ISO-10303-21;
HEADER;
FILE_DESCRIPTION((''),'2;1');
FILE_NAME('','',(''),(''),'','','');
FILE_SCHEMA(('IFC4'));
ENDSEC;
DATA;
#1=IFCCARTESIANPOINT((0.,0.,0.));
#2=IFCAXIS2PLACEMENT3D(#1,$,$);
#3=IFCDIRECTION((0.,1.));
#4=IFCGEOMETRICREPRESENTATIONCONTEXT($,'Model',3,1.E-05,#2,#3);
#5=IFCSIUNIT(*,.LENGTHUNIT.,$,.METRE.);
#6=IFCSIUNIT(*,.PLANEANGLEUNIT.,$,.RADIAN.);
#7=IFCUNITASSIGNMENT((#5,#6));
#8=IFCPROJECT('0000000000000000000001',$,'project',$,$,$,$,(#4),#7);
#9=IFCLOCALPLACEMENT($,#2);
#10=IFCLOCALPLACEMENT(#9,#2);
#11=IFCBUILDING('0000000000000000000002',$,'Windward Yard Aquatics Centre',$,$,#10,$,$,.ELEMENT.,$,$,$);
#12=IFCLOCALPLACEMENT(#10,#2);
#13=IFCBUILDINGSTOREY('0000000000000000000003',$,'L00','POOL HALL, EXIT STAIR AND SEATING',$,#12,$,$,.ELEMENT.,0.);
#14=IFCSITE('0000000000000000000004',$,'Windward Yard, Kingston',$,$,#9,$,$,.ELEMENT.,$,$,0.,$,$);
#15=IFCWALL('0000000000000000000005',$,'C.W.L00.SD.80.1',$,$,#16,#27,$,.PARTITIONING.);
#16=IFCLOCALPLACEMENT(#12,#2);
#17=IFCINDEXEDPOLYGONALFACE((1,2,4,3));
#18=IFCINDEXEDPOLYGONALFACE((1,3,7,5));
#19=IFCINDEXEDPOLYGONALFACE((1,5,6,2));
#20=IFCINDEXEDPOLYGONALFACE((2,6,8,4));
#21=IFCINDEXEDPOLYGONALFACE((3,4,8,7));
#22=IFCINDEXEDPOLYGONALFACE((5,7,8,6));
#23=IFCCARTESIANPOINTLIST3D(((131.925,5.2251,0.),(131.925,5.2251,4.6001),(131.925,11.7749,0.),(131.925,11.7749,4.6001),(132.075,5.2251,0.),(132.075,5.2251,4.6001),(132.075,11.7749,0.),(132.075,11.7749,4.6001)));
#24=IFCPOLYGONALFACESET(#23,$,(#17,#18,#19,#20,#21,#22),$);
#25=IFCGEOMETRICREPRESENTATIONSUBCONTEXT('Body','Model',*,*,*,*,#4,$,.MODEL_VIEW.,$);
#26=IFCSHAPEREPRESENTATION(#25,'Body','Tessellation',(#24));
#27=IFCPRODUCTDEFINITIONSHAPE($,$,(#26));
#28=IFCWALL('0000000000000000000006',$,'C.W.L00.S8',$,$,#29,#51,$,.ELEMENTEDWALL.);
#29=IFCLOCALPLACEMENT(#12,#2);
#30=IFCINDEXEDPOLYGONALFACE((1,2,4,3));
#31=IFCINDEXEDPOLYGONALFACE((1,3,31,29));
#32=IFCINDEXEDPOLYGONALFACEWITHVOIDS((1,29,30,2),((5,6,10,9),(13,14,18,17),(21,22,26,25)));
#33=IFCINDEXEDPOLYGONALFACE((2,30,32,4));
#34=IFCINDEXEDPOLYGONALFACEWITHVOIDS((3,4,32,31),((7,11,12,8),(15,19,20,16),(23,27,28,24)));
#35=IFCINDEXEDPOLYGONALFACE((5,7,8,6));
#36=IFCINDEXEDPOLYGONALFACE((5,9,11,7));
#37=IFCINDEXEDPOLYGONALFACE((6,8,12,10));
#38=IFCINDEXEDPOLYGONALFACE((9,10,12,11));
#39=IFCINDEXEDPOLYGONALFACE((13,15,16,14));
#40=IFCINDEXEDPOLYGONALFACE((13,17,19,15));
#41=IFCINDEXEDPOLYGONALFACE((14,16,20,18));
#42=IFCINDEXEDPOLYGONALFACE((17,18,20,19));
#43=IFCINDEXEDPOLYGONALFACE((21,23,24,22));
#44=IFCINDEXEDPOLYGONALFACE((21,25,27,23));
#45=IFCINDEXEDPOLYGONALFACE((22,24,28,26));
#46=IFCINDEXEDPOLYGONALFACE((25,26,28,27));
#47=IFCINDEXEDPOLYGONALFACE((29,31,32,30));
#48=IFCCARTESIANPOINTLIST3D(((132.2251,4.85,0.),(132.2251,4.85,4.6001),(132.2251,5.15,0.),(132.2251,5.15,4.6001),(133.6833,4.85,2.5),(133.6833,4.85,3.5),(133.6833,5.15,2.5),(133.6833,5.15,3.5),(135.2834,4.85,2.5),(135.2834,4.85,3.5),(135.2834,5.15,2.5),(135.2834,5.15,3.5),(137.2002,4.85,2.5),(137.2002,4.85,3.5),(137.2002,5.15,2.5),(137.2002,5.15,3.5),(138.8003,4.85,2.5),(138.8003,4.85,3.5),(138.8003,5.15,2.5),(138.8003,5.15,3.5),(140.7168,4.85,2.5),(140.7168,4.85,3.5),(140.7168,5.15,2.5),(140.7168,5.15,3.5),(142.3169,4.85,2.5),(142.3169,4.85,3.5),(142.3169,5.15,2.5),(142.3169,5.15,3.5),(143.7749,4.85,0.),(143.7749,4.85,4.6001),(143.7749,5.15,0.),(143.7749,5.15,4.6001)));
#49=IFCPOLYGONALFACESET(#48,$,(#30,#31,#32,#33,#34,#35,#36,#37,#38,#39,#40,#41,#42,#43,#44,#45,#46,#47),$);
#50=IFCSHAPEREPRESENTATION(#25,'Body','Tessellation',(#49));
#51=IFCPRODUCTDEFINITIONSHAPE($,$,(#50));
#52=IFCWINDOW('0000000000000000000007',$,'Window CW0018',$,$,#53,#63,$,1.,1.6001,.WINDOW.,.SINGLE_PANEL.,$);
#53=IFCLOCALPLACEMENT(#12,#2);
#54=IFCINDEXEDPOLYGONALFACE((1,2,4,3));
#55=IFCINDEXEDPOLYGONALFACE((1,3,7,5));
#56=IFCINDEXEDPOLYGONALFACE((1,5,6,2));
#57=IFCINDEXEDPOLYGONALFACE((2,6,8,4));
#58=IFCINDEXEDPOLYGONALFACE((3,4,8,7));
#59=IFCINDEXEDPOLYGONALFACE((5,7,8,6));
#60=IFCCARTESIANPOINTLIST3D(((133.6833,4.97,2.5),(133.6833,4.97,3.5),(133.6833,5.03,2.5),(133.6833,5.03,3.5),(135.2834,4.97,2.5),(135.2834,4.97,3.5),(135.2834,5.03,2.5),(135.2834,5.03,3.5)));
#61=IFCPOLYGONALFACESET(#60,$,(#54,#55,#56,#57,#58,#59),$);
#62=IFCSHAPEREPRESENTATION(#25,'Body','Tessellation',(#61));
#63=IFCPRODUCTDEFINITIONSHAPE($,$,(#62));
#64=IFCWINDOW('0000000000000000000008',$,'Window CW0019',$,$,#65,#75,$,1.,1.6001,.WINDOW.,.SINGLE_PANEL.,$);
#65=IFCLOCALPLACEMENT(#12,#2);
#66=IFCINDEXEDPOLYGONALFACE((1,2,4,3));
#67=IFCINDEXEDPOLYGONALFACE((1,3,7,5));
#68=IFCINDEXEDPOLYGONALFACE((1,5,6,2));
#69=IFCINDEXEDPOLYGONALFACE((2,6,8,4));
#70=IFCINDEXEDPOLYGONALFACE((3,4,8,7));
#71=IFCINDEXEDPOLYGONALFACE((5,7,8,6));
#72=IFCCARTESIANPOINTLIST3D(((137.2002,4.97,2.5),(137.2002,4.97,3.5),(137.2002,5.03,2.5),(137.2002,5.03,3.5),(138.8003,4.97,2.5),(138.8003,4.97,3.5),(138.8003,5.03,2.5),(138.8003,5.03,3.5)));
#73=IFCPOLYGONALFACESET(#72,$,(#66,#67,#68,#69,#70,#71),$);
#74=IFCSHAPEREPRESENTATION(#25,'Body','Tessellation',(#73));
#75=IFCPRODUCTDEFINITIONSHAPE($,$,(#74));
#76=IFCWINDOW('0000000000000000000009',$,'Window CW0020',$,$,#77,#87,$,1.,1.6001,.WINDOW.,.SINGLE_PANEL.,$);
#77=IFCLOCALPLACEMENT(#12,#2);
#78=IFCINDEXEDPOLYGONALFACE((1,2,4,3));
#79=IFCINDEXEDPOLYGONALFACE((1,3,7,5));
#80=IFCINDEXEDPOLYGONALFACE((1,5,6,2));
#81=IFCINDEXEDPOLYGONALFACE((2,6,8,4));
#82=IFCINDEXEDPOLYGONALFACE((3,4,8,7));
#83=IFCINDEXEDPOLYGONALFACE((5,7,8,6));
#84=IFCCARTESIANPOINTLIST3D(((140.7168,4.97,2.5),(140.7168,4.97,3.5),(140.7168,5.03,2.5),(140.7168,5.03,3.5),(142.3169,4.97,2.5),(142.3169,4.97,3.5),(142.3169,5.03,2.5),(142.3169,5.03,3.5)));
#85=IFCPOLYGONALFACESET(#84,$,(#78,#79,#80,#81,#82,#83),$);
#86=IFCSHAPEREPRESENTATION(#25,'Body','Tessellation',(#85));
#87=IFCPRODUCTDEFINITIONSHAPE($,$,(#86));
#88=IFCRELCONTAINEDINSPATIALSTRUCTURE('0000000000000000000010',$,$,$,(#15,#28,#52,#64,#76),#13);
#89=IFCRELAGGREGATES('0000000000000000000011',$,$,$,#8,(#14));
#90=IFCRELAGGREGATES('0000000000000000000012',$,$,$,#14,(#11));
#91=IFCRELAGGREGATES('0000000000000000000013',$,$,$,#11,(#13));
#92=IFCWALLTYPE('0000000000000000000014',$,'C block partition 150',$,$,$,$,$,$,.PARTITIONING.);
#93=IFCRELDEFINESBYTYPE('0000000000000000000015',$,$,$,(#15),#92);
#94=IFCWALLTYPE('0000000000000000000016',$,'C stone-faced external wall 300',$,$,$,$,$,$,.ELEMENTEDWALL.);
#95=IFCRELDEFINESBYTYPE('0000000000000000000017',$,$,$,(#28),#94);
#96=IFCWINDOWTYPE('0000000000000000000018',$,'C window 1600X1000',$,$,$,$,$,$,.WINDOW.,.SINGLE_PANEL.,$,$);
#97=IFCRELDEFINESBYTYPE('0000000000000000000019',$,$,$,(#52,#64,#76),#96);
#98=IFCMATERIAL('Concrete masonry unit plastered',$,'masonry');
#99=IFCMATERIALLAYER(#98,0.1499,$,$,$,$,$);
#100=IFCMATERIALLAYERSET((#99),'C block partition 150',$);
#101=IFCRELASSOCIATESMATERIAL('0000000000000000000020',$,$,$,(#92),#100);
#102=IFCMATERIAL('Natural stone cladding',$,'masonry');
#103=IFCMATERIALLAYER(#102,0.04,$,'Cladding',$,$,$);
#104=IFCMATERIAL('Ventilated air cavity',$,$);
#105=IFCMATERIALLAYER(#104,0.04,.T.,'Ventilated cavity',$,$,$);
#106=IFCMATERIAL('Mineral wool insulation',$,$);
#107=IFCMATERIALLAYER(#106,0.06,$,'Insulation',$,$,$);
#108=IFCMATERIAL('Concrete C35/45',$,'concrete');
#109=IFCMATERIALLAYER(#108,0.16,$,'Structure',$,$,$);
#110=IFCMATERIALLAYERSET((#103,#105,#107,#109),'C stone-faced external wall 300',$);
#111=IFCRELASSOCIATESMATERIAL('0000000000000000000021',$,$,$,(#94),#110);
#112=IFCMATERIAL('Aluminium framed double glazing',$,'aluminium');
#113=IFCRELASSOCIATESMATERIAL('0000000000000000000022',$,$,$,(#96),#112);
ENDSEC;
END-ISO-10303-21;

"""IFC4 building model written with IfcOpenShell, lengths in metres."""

from ifc_helpers import new_model, si_unit, direction, frame, frame_2d, origin, place, context, subcontext, project, spatial, rectangle, extrude, material, layer, layer_set, type_object, element, fill, save


model = new_model("IFC4")

# Units and contexts
model_context = context("Model", 3, precision=1e-05, world=origin(), true_north=direction((0.0, 1.0)))
body_context = subcontext(model_context, "Body", "Model", "MODEL_VIEW")
ifc_project = project(units=[si_unit("LENGTHUNIT", "METRE"), si_unit("PLANEANGLEUNIT", "RADIAN")], contexts=[model_context])

# Site, building, storey
site_placement = place(None, origin())
site = spatial("IfcSite", under=ifc_project, at=site_placement, Name="Windward Yard, Kingston", CompositionType="ELEMENT", RefElevation=0.0)
building_placement = place(site_placement, origin())
building = spatial("IfcBuilding", under=site, at=building_placement, Name="Windward Yard Aquatics Centre", CompositionType="ELEMENT")
storey_placement = place(building_placement, origin())
storey = spatial("IfcBuildingStorey", under=building, at=storey_placement, Name="L00", Description="POOL HALL, EXIT STAIR AND SEATING", CompositionType="ELEMENT", Elevation=0.0)

# Shared definitions
ifc_material_1 = material(Name="Concrete C35/45", Category="concrete")

# Shared definitions
ifc_material_2 = material(Name="Concrete masonry unit plastered", Category="masonry")
ifc_layer_1 = layer(ifc_material_2, 0.1499)
ifc_layer_set_1 = layer_set([ifc_layer_1], Name="C block partition 150")
wall_type_1 = type_object("IfcWallType", Name="C block partition 150", PredefinedType="PARTITIONING", material=ifc_layer_set_1)

# Wall
wall_1_placement = place(storey_placement, frame((132.0, 5.2251, 0.0), z_axis=(0.0, 0.0, 1.0), x_axis=(0.0, 1.0, 0.0)))
element("IfcWall", 1, at=wall_1_placement, inside=storey, type_object=wall_type_1, Name="C.W.L00.SD.80.1", PredefinedType="PARTITIONING", context=body_context, shape_type="SweptSolid", body=[
    extrude(rectangle(XDim=6.5498, YDim=0.1499, at=frame_2d((3.2749, 0.0))), origin(), (0.0, 0.0, 1.0), 4.6001),
])

# Wall, openings, windows
ifc_material_3 = material(Name="Natural stone cladding", Category="masonry")
ifc_layer_2 = layer(ifc_material_3, 0.04, Name="Cladding")
ifc_material_4 = material(Name="Ventilated air cavity")
ifc_layer_3 = layer(ifc_material_4, 0.04, ventilated=True, Name="Ventilated cavity")
ifc_material_5 = material(Name="Mineral wool insulation")
ifc_layer_4 = layer(ifc_material_5, 0.06, Name="Insulation")
ifc_layer_5 = layer(ifc_material_1, 0.16, Name="Structure")
ifc_layer_set_2 = layer_set([ifc_layer_2, ifc_layer_3, ifc_layer_4, ifc_layer_5], Name="C stone-faced external wall 300")
wall_type_2 = type_object("IfcWallType", Name="C stone-faced external wall 300", PredefinedType="ELEMENTEDWALL", material=ifc_layer_set_2)
wall_2_placement = place(storey_placement, frame((132.2251, 5.0, 0.0), z_axis=(0.0, 0.0, 1.0), x_axis=(1.0, 0.0, 0.0)))
wall_2 = element("IfcWall", 2, at=wall_2_placement, inside=storey, type_object=wall_type_2, Name="C.W.L00.S8", PredefinedType="ELEMENTEDWALL", context=body_context, shape_type="SweptSolid", body=[
    extrude(rectangle(XDim=11.5498, YDim=0.3, at=frame_2d((5.7749, 0.0))), origin(), (0.0, 0.0, 1.0), 4.6001),
])
opening_1_placement = place(wall_2_placement, frame((1.4583, 0.0, 2.5)))
opening_1 = element("IfcOpeningElement", 3, at=opening_1_placement, cuts=wall_2, PredefinedType="OPENING", context=body_context, shape_type="SweptSolid", body=[
    extrude(rectangle(XDim=1.6001, YDim=1.0, at=frame_2d((0.8, 0.5))), frame((0.0, 0.1602, 0.0), z_axis=(0.0, -1.0, 0.0), x_axis=(1.0, 0.0, 0.0)), (0.0, 0.0, 1.0), 0.3201),
])
opening_2_placement = place(wall_2_placement, frame((4.9751, 0.0, 2.5)))
opening_2 = element("IfcOpeningElement", 4, at=opening_2_placement, cuts=wall_2, PredefinedType="OPENING", context=body_context, shape_type="SweptSolid", body=[
    extrude(rectangle(XDim=1.6001, YDim=1.0, at=frame_2d((0.8, 0.5))), frame((0.0, 0.1602, 0.0), z_axis=(0.0, -1.0, 0.0), x_axis=(1.0, 0.0, 0.0)), (0.0, 0.0, 1.0), 0.3201),
])
opening_3_placement = place(wall_2_placement, frame((8.4917, 0.0, 2.5)))
opening_3 = element("IfcOpeningElement", 5, at=opening_3_placement, cuts=wall_2, PredefinedType="OPENING", context=body_context, shape_type="SweptSolid", body=[
    extrude(rectangle(XDim=1.6001, YDim=1.0, at=frame_2d((0.8, 0.5))), frame((0.0, 0.1602, 0.0), z_axis=(0.0, -1.0, 0.0), x_axis=(1.0, 0.0, 0.0)), (0.0, 0.0, 1.0), 0.3201),
])
ifc_material_6 = material(Name="Aluminium framed double glazing", Category="aluminium")
window_type = type_object("IfcWindowType", Name="C window 1600X1000", PartitioningType="SINGLE_PANEL", PredefinedType="WINDOW", material=ifc_material_6)
window_1_placement = place(opening_1_placement, origin())
window_1 = element("IfcWindow", 6, at=window_1_placement, inside=storey, type_object=window_type, Name="Window CW0018", OverallHeight=1.0, OverallWidth=1.6001, PartitioningType="SINGLE_PANEL", PredefinedType="WINDOW", context=body_context, shape_type="SweptSolid", body=[
    extrude(rectangle(XDim=1.6001, YDim=1.0, at=frame_2d((0.8, 0.5))), frame((0.0, 0.03, 0.0), z_axis=(0.0, -1.0, 0.0), x_axis=(1.0, 0.0, 0.0)), (0.0, 0.0, 1.0), 0.0601),
])
fill(opening_1, window_1)
window_2_placement = place(opening_2_placement, origin())
window_2 = element("IfcWindow", 7, at=window_2_placement, inside=storey, type_object=window_type, Name="Window CW0019", OverallHeight=1.0, OverallWidth=1.6001, PartitioningType="SINGLE_PANEL", PredefinedType="WINDOW", context=body_context, shape_type="SweptSolid", body=[
    extrude(rectangle(XDim=1.6001, YDim=1.0, at=frame_2d((0.8, 0.5))), frame((0.0, 0.03, 0.0), z_axis=(0.0, -1.0, 0.0), x_axis=(1.0, 0.0, 0.0)), (0.0, 0.0, 1.0), 0.0601),
])
fill(opening_2, window_2)
window_3_placement = place(opening_3_placement, origin())
window_3 = element("IfcWindow", 8, at=window_3_placement, inside=storey, type_object=window_type, Name="Window CW0020", OverallHeight=1.0, OverallWidth=1.6001, PartitioningType="SINGLE_PANEL", PredefinedType="WINDOW", context=body_context, shape_type="SweptSolid", body=[
    extrude(rectangle(XDim=1.6001, YDim=1.0, at=frame_2d((0.8, 0.5))), frame((0.0, 0.03, 0.0), z_axis=(0.0, -1.0, 0.0), x_axis=(1.0, 0.0, 0.0)), (0.0, 0.0, 1.0), 0.0601),
])
fill(opening_3, window_3)

save(model, "model.ifc")
